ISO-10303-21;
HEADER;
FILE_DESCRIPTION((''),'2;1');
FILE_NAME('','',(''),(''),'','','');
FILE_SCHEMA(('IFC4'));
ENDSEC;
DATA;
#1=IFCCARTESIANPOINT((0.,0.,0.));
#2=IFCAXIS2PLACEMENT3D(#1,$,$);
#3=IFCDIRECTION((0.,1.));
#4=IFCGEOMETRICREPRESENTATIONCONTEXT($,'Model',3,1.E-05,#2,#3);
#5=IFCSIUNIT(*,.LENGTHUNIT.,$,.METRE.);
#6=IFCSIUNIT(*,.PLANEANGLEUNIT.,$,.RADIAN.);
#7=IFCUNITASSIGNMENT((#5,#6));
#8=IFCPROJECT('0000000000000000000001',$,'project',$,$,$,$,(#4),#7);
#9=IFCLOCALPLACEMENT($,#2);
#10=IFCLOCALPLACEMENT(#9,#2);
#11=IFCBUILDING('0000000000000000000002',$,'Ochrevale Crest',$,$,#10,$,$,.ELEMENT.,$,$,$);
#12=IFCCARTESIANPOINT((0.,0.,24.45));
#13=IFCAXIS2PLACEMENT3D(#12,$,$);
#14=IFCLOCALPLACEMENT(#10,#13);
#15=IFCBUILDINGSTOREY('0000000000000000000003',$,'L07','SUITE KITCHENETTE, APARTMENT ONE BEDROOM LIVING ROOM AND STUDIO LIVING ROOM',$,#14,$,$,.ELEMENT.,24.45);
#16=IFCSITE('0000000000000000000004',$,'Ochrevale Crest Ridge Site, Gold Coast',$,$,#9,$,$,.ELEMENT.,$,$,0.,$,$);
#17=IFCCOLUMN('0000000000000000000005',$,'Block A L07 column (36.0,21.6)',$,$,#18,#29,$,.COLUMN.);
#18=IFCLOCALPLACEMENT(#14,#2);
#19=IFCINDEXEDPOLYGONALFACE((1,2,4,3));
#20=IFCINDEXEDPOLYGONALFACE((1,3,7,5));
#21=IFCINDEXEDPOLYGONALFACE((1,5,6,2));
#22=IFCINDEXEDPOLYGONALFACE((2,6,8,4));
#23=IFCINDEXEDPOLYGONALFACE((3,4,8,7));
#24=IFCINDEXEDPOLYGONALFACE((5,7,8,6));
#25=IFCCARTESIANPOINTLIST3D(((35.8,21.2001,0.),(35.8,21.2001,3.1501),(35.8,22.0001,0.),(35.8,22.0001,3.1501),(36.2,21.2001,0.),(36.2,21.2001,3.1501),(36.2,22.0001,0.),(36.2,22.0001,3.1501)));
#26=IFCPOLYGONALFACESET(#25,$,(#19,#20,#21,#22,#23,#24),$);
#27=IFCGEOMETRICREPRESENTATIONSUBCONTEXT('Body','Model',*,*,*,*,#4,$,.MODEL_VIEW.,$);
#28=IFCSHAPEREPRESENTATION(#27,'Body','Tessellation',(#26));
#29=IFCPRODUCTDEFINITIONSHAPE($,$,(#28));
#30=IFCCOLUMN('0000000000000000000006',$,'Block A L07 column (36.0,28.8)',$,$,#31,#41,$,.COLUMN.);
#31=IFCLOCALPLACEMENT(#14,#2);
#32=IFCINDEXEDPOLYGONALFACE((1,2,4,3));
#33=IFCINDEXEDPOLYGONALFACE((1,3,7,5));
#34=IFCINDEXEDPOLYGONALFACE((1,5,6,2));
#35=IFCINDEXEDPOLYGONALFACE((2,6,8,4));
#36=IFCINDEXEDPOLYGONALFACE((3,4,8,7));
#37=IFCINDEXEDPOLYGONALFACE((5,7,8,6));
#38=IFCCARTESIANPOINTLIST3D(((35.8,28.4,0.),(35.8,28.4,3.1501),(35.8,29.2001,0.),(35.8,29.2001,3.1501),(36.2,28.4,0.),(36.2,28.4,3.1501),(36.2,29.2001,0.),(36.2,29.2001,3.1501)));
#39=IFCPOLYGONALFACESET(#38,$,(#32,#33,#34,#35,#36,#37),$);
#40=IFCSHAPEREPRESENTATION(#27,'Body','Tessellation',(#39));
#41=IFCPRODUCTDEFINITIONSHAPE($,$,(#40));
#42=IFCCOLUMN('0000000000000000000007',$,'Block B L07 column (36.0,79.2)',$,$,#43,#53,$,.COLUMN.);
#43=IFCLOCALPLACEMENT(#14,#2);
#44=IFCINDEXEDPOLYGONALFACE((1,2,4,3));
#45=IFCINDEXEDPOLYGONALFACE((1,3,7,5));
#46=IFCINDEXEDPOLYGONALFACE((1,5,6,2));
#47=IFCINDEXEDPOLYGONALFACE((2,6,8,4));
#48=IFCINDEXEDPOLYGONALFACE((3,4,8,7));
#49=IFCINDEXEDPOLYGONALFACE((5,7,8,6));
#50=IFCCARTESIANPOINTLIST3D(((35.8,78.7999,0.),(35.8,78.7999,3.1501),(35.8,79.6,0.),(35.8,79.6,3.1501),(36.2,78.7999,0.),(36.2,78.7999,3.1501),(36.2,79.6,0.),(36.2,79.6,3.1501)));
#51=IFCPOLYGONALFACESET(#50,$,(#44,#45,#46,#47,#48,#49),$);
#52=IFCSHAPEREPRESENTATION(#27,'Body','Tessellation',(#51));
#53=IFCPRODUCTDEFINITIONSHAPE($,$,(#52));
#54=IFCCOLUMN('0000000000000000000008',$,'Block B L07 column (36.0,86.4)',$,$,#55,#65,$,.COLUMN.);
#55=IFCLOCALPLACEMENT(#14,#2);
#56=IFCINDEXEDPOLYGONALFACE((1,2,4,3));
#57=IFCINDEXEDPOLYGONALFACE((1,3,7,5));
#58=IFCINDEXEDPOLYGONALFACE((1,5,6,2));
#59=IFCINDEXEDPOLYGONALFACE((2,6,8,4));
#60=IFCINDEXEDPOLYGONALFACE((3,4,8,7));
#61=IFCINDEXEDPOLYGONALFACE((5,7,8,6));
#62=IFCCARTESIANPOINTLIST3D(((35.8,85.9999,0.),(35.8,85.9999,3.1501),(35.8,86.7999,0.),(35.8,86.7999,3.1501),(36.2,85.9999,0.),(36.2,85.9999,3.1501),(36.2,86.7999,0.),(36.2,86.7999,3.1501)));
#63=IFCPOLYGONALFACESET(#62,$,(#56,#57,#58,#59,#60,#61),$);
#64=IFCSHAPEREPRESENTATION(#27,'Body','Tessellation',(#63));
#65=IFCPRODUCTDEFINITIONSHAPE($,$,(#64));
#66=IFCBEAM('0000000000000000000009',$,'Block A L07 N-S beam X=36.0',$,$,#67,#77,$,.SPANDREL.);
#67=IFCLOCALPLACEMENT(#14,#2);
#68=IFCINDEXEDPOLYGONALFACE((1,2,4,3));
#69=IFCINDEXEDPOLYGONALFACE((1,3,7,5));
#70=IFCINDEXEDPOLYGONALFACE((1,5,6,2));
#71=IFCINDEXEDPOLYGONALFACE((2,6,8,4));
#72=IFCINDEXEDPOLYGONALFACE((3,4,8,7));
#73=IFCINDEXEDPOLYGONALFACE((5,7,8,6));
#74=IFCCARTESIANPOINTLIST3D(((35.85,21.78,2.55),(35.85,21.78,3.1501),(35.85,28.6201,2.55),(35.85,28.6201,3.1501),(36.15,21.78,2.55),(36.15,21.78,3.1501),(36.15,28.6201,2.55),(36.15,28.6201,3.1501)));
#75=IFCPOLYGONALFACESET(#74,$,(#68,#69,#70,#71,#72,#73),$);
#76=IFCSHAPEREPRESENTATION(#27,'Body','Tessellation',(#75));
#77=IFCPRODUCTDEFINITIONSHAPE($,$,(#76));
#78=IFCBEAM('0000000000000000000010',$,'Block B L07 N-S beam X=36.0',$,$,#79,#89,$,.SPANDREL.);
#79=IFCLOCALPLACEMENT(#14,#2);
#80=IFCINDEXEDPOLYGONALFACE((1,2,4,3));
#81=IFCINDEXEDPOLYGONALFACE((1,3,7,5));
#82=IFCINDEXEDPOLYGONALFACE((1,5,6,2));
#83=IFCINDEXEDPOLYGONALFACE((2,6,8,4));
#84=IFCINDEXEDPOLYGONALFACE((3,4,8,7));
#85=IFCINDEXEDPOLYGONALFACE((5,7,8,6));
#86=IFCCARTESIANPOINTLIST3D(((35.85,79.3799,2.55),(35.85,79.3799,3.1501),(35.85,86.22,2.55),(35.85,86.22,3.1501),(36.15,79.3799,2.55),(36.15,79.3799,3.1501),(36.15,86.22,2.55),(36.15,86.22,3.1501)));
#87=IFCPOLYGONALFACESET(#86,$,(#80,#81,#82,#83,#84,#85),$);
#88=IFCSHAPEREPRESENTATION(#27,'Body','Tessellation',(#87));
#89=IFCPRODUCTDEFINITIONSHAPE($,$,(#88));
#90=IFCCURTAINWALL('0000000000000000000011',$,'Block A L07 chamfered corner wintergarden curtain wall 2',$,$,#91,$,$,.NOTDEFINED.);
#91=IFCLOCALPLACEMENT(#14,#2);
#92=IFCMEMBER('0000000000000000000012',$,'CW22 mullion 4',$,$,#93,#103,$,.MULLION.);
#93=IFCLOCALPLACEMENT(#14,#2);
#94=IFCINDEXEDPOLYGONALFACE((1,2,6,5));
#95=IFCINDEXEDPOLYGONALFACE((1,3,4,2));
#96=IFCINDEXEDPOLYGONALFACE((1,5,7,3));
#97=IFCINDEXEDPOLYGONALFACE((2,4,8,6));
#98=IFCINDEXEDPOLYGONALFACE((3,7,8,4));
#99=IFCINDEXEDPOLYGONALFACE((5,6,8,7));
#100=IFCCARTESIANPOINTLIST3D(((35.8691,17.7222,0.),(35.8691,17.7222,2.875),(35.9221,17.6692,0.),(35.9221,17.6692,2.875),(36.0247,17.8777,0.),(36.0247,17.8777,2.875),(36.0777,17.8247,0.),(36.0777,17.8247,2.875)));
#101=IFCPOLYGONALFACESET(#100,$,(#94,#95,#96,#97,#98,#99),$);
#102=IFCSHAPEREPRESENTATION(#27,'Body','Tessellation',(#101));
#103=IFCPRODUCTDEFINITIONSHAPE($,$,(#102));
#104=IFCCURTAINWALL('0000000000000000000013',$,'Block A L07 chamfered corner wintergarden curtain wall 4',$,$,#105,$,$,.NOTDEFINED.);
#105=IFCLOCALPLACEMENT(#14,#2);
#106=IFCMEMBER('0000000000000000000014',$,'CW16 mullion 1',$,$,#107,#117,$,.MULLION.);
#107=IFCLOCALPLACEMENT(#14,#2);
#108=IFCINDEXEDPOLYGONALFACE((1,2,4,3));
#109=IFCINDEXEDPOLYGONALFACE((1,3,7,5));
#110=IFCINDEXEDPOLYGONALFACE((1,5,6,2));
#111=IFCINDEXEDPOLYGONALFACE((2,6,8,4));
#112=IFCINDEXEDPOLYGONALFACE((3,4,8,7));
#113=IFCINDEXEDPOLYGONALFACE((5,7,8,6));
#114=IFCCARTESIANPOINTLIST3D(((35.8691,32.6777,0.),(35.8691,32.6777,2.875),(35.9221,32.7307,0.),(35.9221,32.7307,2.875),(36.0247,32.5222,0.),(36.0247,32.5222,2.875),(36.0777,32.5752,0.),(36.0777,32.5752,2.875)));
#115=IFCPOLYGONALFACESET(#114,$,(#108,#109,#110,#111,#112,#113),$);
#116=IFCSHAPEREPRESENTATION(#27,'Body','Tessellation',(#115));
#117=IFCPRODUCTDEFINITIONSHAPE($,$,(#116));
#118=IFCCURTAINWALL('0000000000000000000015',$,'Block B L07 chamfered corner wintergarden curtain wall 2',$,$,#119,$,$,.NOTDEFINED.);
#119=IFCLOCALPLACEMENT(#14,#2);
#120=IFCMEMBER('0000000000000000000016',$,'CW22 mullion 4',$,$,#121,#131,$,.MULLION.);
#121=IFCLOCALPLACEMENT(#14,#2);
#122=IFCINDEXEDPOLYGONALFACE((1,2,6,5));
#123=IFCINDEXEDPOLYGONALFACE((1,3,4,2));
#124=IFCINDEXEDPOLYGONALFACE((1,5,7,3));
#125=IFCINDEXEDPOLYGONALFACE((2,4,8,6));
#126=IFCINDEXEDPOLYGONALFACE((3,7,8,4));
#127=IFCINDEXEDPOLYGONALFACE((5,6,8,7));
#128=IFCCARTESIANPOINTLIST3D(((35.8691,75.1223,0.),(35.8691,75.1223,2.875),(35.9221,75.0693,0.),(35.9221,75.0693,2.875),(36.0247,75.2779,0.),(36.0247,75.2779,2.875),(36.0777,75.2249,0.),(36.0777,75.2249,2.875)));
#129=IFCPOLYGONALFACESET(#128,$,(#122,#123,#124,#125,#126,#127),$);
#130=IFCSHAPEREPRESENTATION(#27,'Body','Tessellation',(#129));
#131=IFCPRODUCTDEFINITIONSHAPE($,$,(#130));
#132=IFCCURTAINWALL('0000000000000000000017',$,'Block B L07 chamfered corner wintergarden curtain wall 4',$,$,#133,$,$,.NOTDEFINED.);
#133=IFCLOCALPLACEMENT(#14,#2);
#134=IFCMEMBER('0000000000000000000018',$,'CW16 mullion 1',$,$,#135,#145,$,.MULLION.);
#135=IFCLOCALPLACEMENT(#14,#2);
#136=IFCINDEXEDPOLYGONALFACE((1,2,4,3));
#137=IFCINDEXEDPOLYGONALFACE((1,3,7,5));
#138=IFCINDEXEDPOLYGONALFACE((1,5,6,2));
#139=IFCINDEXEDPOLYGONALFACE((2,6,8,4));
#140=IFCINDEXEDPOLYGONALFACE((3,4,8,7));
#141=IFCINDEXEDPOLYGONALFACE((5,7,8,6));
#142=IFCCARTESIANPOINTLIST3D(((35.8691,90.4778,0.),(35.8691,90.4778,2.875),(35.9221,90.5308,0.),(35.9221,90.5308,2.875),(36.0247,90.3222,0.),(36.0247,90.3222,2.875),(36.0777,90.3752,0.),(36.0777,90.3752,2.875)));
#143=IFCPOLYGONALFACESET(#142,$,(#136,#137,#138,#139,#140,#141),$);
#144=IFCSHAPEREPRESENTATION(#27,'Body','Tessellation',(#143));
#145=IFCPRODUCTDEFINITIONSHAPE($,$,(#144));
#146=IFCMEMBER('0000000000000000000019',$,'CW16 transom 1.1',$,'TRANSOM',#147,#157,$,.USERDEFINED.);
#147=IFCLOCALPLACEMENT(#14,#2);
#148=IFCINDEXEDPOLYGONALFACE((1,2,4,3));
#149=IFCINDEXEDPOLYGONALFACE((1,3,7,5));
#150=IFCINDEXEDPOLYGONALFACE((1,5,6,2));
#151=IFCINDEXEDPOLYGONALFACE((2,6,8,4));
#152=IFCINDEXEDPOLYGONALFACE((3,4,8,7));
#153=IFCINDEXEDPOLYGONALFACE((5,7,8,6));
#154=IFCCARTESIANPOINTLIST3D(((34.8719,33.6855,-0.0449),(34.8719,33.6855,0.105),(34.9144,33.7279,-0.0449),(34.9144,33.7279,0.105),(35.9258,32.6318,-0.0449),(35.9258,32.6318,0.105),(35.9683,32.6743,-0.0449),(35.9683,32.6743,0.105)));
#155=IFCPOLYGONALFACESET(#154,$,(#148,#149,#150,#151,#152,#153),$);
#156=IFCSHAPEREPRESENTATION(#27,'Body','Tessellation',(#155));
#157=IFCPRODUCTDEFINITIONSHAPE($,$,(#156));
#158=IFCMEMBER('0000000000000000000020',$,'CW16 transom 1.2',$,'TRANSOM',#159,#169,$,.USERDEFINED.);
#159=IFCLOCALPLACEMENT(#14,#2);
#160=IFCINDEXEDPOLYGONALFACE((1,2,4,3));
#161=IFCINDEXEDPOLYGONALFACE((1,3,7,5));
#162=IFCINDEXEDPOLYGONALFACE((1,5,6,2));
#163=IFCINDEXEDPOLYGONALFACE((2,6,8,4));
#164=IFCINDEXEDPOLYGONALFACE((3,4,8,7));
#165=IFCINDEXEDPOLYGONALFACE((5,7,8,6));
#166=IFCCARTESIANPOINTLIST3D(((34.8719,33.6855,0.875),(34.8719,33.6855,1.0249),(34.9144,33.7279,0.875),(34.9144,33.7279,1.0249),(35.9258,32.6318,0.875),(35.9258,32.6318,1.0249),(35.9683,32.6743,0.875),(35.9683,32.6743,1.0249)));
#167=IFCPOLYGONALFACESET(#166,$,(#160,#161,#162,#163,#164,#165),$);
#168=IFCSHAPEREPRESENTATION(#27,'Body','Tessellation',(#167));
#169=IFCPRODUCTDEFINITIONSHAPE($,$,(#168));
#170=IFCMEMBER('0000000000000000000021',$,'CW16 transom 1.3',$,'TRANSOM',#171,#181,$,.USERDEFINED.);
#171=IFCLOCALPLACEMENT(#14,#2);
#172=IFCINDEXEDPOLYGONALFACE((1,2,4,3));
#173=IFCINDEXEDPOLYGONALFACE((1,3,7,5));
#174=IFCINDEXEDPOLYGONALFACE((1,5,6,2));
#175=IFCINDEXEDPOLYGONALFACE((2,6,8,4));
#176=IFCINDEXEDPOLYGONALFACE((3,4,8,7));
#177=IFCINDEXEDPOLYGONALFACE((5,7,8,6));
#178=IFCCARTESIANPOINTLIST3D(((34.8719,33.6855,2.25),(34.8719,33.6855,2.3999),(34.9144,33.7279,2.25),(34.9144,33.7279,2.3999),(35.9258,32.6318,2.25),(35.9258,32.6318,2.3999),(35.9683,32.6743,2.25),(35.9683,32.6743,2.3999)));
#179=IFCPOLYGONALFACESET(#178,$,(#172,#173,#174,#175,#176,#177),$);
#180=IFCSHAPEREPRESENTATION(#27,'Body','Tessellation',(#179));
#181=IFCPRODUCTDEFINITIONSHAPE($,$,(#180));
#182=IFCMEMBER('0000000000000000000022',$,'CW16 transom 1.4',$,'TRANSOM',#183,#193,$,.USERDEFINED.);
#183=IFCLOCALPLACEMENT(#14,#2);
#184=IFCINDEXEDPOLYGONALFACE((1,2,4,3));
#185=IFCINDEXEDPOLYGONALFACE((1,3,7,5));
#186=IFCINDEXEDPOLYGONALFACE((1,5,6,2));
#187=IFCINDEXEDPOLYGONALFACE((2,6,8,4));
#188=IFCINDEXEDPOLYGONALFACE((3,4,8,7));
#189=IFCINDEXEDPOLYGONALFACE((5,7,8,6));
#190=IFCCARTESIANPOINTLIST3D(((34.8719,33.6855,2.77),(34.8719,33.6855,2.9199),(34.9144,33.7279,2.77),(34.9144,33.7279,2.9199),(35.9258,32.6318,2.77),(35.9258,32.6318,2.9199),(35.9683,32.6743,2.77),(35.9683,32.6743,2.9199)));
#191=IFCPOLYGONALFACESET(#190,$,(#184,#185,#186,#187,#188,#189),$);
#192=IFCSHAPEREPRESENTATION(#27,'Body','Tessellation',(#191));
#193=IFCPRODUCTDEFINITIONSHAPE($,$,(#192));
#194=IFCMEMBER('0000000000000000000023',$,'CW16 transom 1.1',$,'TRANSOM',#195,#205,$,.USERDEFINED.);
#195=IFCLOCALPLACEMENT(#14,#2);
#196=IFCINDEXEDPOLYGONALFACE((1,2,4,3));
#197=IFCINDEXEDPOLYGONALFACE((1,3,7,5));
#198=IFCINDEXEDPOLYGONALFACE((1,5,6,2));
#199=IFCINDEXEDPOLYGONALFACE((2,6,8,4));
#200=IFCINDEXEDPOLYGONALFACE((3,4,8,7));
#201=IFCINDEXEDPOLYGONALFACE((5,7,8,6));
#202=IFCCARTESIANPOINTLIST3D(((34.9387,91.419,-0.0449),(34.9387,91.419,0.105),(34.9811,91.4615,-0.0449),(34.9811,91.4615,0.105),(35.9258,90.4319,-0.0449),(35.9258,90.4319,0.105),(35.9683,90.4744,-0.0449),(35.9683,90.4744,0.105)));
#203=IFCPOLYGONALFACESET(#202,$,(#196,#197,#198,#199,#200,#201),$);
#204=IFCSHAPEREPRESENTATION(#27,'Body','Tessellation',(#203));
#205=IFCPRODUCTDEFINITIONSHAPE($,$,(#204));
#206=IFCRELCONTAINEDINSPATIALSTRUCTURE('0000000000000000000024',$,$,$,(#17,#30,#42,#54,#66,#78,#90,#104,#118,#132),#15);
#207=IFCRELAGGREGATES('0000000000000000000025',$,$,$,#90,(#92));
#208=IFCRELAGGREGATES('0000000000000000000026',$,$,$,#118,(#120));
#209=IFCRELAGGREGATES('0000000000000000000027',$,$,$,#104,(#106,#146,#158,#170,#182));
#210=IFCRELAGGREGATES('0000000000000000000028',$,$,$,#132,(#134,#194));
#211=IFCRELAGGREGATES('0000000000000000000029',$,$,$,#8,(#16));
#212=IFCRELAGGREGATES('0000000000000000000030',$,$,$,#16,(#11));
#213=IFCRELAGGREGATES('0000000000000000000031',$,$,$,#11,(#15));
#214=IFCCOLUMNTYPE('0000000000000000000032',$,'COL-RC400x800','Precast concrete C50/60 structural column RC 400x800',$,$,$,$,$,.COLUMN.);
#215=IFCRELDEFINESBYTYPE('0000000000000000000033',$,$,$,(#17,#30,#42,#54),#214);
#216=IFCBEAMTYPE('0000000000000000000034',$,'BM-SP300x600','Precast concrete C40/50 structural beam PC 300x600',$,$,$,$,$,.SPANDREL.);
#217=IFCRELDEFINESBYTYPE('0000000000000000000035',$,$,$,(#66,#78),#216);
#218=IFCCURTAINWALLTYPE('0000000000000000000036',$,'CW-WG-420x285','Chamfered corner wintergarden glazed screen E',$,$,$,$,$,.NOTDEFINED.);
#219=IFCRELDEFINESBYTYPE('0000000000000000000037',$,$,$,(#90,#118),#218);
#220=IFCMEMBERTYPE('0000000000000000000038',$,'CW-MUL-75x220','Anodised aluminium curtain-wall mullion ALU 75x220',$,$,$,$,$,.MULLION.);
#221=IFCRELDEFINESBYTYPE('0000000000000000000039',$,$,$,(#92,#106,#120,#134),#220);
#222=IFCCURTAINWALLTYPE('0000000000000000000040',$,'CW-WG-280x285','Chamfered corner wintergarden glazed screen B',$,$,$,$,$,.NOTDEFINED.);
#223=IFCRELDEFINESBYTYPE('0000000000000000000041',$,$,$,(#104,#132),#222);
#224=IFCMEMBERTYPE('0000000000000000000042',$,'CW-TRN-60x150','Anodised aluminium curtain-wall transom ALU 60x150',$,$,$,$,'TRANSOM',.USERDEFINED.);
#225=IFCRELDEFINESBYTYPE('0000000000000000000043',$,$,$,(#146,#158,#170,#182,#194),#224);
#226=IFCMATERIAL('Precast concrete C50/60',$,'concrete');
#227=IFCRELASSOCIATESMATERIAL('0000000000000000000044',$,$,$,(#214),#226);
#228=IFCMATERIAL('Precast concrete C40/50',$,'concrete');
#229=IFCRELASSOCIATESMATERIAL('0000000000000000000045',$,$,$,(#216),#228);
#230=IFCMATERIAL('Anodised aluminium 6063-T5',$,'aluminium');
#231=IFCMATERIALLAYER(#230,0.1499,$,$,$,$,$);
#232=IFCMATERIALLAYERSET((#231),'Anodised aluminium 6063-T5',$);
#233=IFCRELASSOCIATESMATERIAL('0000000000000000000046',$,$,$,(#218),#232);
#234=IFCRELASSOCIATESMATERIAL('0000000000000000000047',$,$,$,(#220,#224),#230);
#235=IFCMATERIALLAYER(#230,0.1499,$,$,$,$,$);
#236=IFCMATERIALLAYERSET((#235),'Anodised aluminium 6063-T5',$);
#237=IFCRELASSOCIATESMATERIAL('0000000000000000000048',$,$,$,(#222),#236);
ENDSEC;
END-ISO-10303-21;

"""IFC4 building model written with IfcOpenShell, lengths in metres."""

from ifc_helpers import new_model, si_unit, direction, frame, origin, origin_2d, place, context, subcontext, project, spatial, rectangle, extrude, material, layer, layer_set, material_profile, profile_set, type_object, element, aggregate, save


model = new_model("IFC4")

# Units and contexts
model_context = context("Model", 3, precision=1e-05, world=origin(), true_north=direction((0.0, 1.0)))
body_context = subcontext(model_context, "Body", "Model", "MODEL_VIEW")
ifc_project = project(units=[si_unit("LENGTHUNIT", "METRE"), si_unit("PLANEANGLEUNIT", "RADIAN")], contexts=[model_context])

# Site, building, storey
site_placement = place(None, origin())
site = spatial("IfcSite", under=ifc_project, at=site_placement, Name="Ochrevale Crest Ridge Site, Gold Coast", CompositionType="ELEMENT", RefElevation=0.0)
building_placement = place(site_placement, origin())
building = spatial("IfcBuilding", under=site, at=building_placement, Name="Ochrevale Crest", CompositionType="ELEMENT")
storey_placement = place(building_placement, frame((0.0, 0.0, 24.45)))
storey = spatial("IfcBuildingStorey", under=building, at=storey_placement, Name="L07", Description="SUITE KITCHENETTE, APARTMENT ONE BEDROOM LIVING ROOM AND STUDIO LIVING ROOM", CompositionType="ELEMENT", Elevation=24.45)

# Columns
ifc_material_1 = material(Name="Precast concrete C50/60", Category="concrete")
ifc_material_profile_1 = material_profile(ifc_material_1, rectangle(XDim=0.3999, YDim=0.8, at=origin_2d()), Name="RC 400x800")
ifc_profile_set_1 = profile_set([ifc_material_profile_1], Name="Precast concrete C50/60")
column_type = type_object("IfcColumnType", Name="COL-RC400x800", Description="Precast concrete C50/60 structural column RC 400x800", PredefinedType="COLUMN", material=ifc_profile_set_1)
for number, where, z_axis, x_axis, name in (
    (1, (36.0, 21.6001, 0.0), (0.0, 0.0, 1.0), (1.0, 0.0, 0.0), "Block A L07 column (36.0,21.6)"),
    (2, (36.0, 28.8, 0.0), (0.0, 0.0, 1.0), (1.0, 0.0, 0.0), "Block A L07 column (36.0,28.8)"),
    (3, (36.0, 79.2, 0.0), (0.0, 0.0, 1.0), (1.0, 0.0, 0.0), "Block B L07 column (36.0,79.2)"),
    (4, (36.0, 86.3999, 0.0), (0.0, 0.0, 1.0), (1.0, 0.0, 0.0), "Block B L07 column (36.0,86.4)"),
):
    element("IfcColumn", number, at=place(storey_placement, frame(where, z_axis=z_axis, x_axis=x_axis)), inside=storey, type_object=column_type, Name=name, PredefinedType="COLUMN", context=body_context, shape_type="SweptSolid", body=[
        extrude(rectangle(XDim=0.3999, YDim=0.8, at=origin_2d()), origin(), (0.0, 0.0, 1.0), 3.1501),
    ])

# Beams
ifc_material_2 = material(Name="Precast concrete C40/50", Category="concrete")
ifc_material_profile_2 = material_profile(ifc_material_2, rectangle(XDim=0.3, YDim=0.6001, at=origin_2d()), Name="PC 300x600")
ifc_profile_set_2 = profile_set([ifc_material_profile_2], Name="Precast concrete C40/50")
beam_type = type_object("IfcBeamType", Name="BM-SP300x600", Description="Precast concrete C40/50 structural beam PC 300x600", PredefinedType="SPANDREL", material=ifc_profile_set_2)
for number, where, z_axis, x_axis, name in (
    (5, (36.0, 21.78, 2.8501), (0.0, 1.0, 0.0), (-1.0, 0.0, 0.0), "Block A L07 N-S beam X=36.0"),
    (6, (36.0, 79.3799, 2.8501), (0.0, 1.0, 0.0), (-1.0, 0.0, 0.0), "Block B L07 N-S beam X=36.0"),
):
    element("IfcBeam", number, at=place(storey_placement, frame(where, z_axis=z_axis, x_axis=x_axis)), inside=storey, type_object=beam_type, Name=name, PredefinedType="SPANDREL", context=body_context, shape_type="SweptSolid", body=[
        extrude(rectangle(XDim=0.3, YDim=0.6001, at=origin_2d()), origin(), (0.0, 0.0, 1.0), 6.8401),
    ])

# Curtain walls, members
ifc_material_3 = material(Name="Anodised aluminium 6063-T5", Category="aluminium")
ifc_layer_1 = layer(ifc_material_3, 0.1499)
ifc_layer_set_1 = layer_set([ifc_layer_1], Name="Anodised aluminium 6063-T5")
curtain_wall_type_1 = type_object("IfcCurtainWallType", Name="CW-WG-420x285", Description="Chamfered corner wintergarden glazed screen E", PredefinedType="NOTDEFINED", material=ifc_layer_set_1)
curtain_wall_1_placement = place(storey_placement, origin())
curtain_wall_1 = element("IfcCurtainWall", 7, at=curtain_wall_1_placement, inside=storey, type_object=curtain_wall_type_1, Name="Block A L07 chamfered corner wintergarden curtain wall 2", PredefinedType="NOTDEFINED")
ifc_material_profile_3 = material_profile(ifc_material_3, rectangle(XDim=0.075, YDim=0.22, at=origin_2d()), Name="ALU 75x220")
ifc_profile_set_3 = profile_set([ifc_material_profile_3], Name="Anodised aluminium 6063-T5")
member_type_1 = type_object("IfcMemberType", Name="CW-MUL-75x220", Description="Anodised aluminium curtain-wall mullion ALU 75x220", PredefinedType="MULLION", material=ifc_profile_set_3)
member_1_placement = place(storey_placement, frame((35.9734, 17.7734, 0.0), z_axis=(0.0, 0.0, 1.0), x_axis=(-0.707107, 0.707107, 0.0)))
member_1 = element("IfcMember", 8, at=member_1_placement, type_object=member_type_1, Name="CW22 mullion 4", PredefinedType="MULLION", context=body_context, shape_type="SweptSolid", body=[
    extrude(rectangle(XDim=0.075, YDim=0.22, at=origin_2d()), origin(), (0.0, 0.0, 1.0), 2.875),
])
aggregate(curtain_wall_1, [member_1])
ifc_layer_2 = layer(ifc_material_3, 0.1499)
ifc_layer_set_2 = layer_set([ifc_layer_2], Name="Anodised aluminium 6063-T5")
curtain_wall_type_2 = type_object("IfcCurtainWallType", Name="CW-WG-280x285", Description="Chamfered corner wintergarden glazed screen B", PredefinedType="NOTDEFINED", material=ifc_layer_set_2)
curtain_wall_2_placement = place(storey_placement, origin())
curtain_wall_2 = element("IfcCurtainWall", 9, at=curtain_wall_2_placement, inside=storey, type_object=curtain_wall_type_2, Name="Block A L07 chamfered corner wintergarden curtain wall 4", PredefinedType="NOTDEFINED")
member_2_placement = place(storey_placement, frame((35.9734, 32.6265, 0.0), z_axis=(0.0, 0.0, 1.0), x_axis=(-0.707107, -0.707107, 0.0)))
member_2 = element("IfcMember", 10, at=member_2_placement, type_object=member_type_1, Name="CW16 mullion 1", PredefinedType="MULLION", context=body_context, shape_type="SweptSolid", body=[
    extrude(rectangle(XDim=0.075, YDim=0.22, at=origin_2d()), origin(), (0.0, 0.0, 1.0), 2.875),
])
curtain_wall_3_placement = place(storey_placement, origin())
curtain_wall_3 = element("IfcCurtainWall", 11, at=curtain_wall_3_placement, inside=storey, type_object=curtain_wall_type_1, Name="Block B L07 chamfered corner wintergarden curtain wall 2", PredefinedType="NOTDEFINED")
member_3_placement = place(storey_placement, frame((35.9734, 75.1736, 0.0), z_axis=(0.0, 0.0, 1.0), x_axis=(-0.707107, 0.707107, 0.0)))
member_3 = element("IfcMember", 12, at=member_3_placement, type_object=member_type_1, Name="CW22 mullion 4", PredefinedType="MULLION", context=body_context, shape_type="SweptSolid", body=[
    extrude(rectangle(XDim=0.075, YDim=0.22, at=origin_2d()), origin(), (0.0, 0.0, 1.0), 2.875),
])
aggregate(curtain_wall_3, [member_3])
curtain_wall_4_placement = place(storey_placement, origin())
curtain_wall_4 = element("IfcCurtainWall", 13, at=curtain_wall_4_placement, inside=storey, type_object=curtain_wall_type_2, Name="Block B L07 chamfered corner wintergarden curtain wall 4", PredefinedType="NOTDEFINED")
member_4_placement = place(storey_placement, frame((35.9734, 90.4265, 0.0), z_axis=(0.0, 0.0, 1.0), x_axis=(-0.707107, -0.707107, 0.0)))
member_4 = element("IfcMember", 14, at=member_4_placement, type_object=member_type_1, Name="CW16 mullion 1", PredefinedType="MULLION", context=body_context, shape_type="SweptSolid", body=[
    extrude(rectangle(XDim=0.075, YDim=0.22, at=origin_2d()), origin(), (0.0, 0.0, 1.0), 2.875),
])

# Members
ifc_material_profile_4 = material_profile(ifc_material_3, rectangle(XDim=0.0601, YDim=0.1499, at=origin_2d()), Name="ALU 60x150")
ifc_profile_set_4 = profile_set([ifc_material_profile_4], Name="Anodised aluminium 6063-T5")
member_type_2 = type_object("IfcMemberType", Name="CW-TRN-60x150", Description="Anodised aluminium curtain-wall transom ALU 60x150", ElementType="TRANSOM", PredefinedType="USERDEFINED", material=ifc_profile_set_4)
member_5_placement = place(storey_placement, frame((35.947, 32.6531, 0.03), z_axis=(-0.707189, 0.707025, 0.0), x_axis=(-0.707025, -0.707189, 0.0)))
member_5 = element("IfcMember", 15, at=member_5_placement, type_object=member_type_2, Name="CW16 transom 1.1", ObjectType="TRANSOM", PredefinedType="USERDEFINED", context=body_context, shape_type="SweptSolid", body=[
    extrude(rectangle(XDim=0.0601, YDim=0.1499, at=origin_2d()), origin(), (0.0, 0.0, 1.0), 1.4902),
])
member_6_placement = place(storey_placement, frame((35.947, 32.6531, 0.95), z_axis=(-0.707189, 0.707025, 0.0), x_axis=(-0.707025, -0.707189, 0.0)))
member_6 = element("IfcMember", 16, at=member_6_placement, type_object=member_type_2, Name="CW16 transom 1.2", ObjectType="TRANSOM", PredefinedType="USERDEFINED", context=body_context, shape_type="SweptSolid", body=[
    extrude(rectangle(XDim=0.0601, YDim=0.1499, at=origin_2d()), origin(), (0.0, 0.0, 1.0), 1.4902),
])
member_7_placement = place(storey_placement, frame((35.947, 32.6531, 2.325), z_axis=(-0.707189, 0.707025, 0.0), x_axis=(-0.707025, -0.707189, 0.0)))
member_7 = element("IfcMember", 17, at=member_7_placement, type_object=member_type_2, Name="CW16 transom 1.3", ObjectType="TRANSOM", PredefinedType="USERDEFINED", context=body_context, shape_type="SweptSolid", body=[
    extrude(rectangle(XDim=0.0601, YDim=0.1499, at=origin_2d()), origin(), (0.0, 0.0, 1.0), 1.4902),
])
member_8_placement = place(storey_placement, frame((35.947, 32.6531, 2.845), z_axis=(-0.707189, 0.707025, 0.0), x_axis=(-0.707025, -0.707189, 0.0)))
member_8 = element("IfcMember", 18, at=member_8_placement, type_object=member_type_2, Name="CW16 transom 1.4", ObjectType="TRANSOM", PredefinedType="USERDEFINED", context=body_context, shape_type="SweptSolid", body=[
    extrude(rectangle(XDim=0.0601, YDim=0.1499, at=origin_2d()), origin(), (0.0, 0.0, 1.0), 1.4902),
])
aggregate(curtain_wall_2, [member_2, member_5, member_6, member_7, member_8])
member_9_placement = place(storey_placement, frame((35.947, 90.4531, 0.03), z_axis=(-0.707107, 0.707107, 0.0), x_axis=(-0.707107, -0.707107, 0.0)))
member_9 = element("IfcMember", 19, at=member_9_placement, type_object=member_type_2, Name="CW16 transom 1.1", ObjectType="TRANSOM", PredefinedType="USERDEFINED", context=body_context, shape_type="SweptSolid", body=[
    extrude(rectangle(XDim=0.0601, YDim=0.1499, at=origin_2d()), origin(), (0.0, 0.0, 1.0), 1.396),
])
aggregate(curtain_wall_4, [member_4, member_9])

save(model, "model.ifc")
